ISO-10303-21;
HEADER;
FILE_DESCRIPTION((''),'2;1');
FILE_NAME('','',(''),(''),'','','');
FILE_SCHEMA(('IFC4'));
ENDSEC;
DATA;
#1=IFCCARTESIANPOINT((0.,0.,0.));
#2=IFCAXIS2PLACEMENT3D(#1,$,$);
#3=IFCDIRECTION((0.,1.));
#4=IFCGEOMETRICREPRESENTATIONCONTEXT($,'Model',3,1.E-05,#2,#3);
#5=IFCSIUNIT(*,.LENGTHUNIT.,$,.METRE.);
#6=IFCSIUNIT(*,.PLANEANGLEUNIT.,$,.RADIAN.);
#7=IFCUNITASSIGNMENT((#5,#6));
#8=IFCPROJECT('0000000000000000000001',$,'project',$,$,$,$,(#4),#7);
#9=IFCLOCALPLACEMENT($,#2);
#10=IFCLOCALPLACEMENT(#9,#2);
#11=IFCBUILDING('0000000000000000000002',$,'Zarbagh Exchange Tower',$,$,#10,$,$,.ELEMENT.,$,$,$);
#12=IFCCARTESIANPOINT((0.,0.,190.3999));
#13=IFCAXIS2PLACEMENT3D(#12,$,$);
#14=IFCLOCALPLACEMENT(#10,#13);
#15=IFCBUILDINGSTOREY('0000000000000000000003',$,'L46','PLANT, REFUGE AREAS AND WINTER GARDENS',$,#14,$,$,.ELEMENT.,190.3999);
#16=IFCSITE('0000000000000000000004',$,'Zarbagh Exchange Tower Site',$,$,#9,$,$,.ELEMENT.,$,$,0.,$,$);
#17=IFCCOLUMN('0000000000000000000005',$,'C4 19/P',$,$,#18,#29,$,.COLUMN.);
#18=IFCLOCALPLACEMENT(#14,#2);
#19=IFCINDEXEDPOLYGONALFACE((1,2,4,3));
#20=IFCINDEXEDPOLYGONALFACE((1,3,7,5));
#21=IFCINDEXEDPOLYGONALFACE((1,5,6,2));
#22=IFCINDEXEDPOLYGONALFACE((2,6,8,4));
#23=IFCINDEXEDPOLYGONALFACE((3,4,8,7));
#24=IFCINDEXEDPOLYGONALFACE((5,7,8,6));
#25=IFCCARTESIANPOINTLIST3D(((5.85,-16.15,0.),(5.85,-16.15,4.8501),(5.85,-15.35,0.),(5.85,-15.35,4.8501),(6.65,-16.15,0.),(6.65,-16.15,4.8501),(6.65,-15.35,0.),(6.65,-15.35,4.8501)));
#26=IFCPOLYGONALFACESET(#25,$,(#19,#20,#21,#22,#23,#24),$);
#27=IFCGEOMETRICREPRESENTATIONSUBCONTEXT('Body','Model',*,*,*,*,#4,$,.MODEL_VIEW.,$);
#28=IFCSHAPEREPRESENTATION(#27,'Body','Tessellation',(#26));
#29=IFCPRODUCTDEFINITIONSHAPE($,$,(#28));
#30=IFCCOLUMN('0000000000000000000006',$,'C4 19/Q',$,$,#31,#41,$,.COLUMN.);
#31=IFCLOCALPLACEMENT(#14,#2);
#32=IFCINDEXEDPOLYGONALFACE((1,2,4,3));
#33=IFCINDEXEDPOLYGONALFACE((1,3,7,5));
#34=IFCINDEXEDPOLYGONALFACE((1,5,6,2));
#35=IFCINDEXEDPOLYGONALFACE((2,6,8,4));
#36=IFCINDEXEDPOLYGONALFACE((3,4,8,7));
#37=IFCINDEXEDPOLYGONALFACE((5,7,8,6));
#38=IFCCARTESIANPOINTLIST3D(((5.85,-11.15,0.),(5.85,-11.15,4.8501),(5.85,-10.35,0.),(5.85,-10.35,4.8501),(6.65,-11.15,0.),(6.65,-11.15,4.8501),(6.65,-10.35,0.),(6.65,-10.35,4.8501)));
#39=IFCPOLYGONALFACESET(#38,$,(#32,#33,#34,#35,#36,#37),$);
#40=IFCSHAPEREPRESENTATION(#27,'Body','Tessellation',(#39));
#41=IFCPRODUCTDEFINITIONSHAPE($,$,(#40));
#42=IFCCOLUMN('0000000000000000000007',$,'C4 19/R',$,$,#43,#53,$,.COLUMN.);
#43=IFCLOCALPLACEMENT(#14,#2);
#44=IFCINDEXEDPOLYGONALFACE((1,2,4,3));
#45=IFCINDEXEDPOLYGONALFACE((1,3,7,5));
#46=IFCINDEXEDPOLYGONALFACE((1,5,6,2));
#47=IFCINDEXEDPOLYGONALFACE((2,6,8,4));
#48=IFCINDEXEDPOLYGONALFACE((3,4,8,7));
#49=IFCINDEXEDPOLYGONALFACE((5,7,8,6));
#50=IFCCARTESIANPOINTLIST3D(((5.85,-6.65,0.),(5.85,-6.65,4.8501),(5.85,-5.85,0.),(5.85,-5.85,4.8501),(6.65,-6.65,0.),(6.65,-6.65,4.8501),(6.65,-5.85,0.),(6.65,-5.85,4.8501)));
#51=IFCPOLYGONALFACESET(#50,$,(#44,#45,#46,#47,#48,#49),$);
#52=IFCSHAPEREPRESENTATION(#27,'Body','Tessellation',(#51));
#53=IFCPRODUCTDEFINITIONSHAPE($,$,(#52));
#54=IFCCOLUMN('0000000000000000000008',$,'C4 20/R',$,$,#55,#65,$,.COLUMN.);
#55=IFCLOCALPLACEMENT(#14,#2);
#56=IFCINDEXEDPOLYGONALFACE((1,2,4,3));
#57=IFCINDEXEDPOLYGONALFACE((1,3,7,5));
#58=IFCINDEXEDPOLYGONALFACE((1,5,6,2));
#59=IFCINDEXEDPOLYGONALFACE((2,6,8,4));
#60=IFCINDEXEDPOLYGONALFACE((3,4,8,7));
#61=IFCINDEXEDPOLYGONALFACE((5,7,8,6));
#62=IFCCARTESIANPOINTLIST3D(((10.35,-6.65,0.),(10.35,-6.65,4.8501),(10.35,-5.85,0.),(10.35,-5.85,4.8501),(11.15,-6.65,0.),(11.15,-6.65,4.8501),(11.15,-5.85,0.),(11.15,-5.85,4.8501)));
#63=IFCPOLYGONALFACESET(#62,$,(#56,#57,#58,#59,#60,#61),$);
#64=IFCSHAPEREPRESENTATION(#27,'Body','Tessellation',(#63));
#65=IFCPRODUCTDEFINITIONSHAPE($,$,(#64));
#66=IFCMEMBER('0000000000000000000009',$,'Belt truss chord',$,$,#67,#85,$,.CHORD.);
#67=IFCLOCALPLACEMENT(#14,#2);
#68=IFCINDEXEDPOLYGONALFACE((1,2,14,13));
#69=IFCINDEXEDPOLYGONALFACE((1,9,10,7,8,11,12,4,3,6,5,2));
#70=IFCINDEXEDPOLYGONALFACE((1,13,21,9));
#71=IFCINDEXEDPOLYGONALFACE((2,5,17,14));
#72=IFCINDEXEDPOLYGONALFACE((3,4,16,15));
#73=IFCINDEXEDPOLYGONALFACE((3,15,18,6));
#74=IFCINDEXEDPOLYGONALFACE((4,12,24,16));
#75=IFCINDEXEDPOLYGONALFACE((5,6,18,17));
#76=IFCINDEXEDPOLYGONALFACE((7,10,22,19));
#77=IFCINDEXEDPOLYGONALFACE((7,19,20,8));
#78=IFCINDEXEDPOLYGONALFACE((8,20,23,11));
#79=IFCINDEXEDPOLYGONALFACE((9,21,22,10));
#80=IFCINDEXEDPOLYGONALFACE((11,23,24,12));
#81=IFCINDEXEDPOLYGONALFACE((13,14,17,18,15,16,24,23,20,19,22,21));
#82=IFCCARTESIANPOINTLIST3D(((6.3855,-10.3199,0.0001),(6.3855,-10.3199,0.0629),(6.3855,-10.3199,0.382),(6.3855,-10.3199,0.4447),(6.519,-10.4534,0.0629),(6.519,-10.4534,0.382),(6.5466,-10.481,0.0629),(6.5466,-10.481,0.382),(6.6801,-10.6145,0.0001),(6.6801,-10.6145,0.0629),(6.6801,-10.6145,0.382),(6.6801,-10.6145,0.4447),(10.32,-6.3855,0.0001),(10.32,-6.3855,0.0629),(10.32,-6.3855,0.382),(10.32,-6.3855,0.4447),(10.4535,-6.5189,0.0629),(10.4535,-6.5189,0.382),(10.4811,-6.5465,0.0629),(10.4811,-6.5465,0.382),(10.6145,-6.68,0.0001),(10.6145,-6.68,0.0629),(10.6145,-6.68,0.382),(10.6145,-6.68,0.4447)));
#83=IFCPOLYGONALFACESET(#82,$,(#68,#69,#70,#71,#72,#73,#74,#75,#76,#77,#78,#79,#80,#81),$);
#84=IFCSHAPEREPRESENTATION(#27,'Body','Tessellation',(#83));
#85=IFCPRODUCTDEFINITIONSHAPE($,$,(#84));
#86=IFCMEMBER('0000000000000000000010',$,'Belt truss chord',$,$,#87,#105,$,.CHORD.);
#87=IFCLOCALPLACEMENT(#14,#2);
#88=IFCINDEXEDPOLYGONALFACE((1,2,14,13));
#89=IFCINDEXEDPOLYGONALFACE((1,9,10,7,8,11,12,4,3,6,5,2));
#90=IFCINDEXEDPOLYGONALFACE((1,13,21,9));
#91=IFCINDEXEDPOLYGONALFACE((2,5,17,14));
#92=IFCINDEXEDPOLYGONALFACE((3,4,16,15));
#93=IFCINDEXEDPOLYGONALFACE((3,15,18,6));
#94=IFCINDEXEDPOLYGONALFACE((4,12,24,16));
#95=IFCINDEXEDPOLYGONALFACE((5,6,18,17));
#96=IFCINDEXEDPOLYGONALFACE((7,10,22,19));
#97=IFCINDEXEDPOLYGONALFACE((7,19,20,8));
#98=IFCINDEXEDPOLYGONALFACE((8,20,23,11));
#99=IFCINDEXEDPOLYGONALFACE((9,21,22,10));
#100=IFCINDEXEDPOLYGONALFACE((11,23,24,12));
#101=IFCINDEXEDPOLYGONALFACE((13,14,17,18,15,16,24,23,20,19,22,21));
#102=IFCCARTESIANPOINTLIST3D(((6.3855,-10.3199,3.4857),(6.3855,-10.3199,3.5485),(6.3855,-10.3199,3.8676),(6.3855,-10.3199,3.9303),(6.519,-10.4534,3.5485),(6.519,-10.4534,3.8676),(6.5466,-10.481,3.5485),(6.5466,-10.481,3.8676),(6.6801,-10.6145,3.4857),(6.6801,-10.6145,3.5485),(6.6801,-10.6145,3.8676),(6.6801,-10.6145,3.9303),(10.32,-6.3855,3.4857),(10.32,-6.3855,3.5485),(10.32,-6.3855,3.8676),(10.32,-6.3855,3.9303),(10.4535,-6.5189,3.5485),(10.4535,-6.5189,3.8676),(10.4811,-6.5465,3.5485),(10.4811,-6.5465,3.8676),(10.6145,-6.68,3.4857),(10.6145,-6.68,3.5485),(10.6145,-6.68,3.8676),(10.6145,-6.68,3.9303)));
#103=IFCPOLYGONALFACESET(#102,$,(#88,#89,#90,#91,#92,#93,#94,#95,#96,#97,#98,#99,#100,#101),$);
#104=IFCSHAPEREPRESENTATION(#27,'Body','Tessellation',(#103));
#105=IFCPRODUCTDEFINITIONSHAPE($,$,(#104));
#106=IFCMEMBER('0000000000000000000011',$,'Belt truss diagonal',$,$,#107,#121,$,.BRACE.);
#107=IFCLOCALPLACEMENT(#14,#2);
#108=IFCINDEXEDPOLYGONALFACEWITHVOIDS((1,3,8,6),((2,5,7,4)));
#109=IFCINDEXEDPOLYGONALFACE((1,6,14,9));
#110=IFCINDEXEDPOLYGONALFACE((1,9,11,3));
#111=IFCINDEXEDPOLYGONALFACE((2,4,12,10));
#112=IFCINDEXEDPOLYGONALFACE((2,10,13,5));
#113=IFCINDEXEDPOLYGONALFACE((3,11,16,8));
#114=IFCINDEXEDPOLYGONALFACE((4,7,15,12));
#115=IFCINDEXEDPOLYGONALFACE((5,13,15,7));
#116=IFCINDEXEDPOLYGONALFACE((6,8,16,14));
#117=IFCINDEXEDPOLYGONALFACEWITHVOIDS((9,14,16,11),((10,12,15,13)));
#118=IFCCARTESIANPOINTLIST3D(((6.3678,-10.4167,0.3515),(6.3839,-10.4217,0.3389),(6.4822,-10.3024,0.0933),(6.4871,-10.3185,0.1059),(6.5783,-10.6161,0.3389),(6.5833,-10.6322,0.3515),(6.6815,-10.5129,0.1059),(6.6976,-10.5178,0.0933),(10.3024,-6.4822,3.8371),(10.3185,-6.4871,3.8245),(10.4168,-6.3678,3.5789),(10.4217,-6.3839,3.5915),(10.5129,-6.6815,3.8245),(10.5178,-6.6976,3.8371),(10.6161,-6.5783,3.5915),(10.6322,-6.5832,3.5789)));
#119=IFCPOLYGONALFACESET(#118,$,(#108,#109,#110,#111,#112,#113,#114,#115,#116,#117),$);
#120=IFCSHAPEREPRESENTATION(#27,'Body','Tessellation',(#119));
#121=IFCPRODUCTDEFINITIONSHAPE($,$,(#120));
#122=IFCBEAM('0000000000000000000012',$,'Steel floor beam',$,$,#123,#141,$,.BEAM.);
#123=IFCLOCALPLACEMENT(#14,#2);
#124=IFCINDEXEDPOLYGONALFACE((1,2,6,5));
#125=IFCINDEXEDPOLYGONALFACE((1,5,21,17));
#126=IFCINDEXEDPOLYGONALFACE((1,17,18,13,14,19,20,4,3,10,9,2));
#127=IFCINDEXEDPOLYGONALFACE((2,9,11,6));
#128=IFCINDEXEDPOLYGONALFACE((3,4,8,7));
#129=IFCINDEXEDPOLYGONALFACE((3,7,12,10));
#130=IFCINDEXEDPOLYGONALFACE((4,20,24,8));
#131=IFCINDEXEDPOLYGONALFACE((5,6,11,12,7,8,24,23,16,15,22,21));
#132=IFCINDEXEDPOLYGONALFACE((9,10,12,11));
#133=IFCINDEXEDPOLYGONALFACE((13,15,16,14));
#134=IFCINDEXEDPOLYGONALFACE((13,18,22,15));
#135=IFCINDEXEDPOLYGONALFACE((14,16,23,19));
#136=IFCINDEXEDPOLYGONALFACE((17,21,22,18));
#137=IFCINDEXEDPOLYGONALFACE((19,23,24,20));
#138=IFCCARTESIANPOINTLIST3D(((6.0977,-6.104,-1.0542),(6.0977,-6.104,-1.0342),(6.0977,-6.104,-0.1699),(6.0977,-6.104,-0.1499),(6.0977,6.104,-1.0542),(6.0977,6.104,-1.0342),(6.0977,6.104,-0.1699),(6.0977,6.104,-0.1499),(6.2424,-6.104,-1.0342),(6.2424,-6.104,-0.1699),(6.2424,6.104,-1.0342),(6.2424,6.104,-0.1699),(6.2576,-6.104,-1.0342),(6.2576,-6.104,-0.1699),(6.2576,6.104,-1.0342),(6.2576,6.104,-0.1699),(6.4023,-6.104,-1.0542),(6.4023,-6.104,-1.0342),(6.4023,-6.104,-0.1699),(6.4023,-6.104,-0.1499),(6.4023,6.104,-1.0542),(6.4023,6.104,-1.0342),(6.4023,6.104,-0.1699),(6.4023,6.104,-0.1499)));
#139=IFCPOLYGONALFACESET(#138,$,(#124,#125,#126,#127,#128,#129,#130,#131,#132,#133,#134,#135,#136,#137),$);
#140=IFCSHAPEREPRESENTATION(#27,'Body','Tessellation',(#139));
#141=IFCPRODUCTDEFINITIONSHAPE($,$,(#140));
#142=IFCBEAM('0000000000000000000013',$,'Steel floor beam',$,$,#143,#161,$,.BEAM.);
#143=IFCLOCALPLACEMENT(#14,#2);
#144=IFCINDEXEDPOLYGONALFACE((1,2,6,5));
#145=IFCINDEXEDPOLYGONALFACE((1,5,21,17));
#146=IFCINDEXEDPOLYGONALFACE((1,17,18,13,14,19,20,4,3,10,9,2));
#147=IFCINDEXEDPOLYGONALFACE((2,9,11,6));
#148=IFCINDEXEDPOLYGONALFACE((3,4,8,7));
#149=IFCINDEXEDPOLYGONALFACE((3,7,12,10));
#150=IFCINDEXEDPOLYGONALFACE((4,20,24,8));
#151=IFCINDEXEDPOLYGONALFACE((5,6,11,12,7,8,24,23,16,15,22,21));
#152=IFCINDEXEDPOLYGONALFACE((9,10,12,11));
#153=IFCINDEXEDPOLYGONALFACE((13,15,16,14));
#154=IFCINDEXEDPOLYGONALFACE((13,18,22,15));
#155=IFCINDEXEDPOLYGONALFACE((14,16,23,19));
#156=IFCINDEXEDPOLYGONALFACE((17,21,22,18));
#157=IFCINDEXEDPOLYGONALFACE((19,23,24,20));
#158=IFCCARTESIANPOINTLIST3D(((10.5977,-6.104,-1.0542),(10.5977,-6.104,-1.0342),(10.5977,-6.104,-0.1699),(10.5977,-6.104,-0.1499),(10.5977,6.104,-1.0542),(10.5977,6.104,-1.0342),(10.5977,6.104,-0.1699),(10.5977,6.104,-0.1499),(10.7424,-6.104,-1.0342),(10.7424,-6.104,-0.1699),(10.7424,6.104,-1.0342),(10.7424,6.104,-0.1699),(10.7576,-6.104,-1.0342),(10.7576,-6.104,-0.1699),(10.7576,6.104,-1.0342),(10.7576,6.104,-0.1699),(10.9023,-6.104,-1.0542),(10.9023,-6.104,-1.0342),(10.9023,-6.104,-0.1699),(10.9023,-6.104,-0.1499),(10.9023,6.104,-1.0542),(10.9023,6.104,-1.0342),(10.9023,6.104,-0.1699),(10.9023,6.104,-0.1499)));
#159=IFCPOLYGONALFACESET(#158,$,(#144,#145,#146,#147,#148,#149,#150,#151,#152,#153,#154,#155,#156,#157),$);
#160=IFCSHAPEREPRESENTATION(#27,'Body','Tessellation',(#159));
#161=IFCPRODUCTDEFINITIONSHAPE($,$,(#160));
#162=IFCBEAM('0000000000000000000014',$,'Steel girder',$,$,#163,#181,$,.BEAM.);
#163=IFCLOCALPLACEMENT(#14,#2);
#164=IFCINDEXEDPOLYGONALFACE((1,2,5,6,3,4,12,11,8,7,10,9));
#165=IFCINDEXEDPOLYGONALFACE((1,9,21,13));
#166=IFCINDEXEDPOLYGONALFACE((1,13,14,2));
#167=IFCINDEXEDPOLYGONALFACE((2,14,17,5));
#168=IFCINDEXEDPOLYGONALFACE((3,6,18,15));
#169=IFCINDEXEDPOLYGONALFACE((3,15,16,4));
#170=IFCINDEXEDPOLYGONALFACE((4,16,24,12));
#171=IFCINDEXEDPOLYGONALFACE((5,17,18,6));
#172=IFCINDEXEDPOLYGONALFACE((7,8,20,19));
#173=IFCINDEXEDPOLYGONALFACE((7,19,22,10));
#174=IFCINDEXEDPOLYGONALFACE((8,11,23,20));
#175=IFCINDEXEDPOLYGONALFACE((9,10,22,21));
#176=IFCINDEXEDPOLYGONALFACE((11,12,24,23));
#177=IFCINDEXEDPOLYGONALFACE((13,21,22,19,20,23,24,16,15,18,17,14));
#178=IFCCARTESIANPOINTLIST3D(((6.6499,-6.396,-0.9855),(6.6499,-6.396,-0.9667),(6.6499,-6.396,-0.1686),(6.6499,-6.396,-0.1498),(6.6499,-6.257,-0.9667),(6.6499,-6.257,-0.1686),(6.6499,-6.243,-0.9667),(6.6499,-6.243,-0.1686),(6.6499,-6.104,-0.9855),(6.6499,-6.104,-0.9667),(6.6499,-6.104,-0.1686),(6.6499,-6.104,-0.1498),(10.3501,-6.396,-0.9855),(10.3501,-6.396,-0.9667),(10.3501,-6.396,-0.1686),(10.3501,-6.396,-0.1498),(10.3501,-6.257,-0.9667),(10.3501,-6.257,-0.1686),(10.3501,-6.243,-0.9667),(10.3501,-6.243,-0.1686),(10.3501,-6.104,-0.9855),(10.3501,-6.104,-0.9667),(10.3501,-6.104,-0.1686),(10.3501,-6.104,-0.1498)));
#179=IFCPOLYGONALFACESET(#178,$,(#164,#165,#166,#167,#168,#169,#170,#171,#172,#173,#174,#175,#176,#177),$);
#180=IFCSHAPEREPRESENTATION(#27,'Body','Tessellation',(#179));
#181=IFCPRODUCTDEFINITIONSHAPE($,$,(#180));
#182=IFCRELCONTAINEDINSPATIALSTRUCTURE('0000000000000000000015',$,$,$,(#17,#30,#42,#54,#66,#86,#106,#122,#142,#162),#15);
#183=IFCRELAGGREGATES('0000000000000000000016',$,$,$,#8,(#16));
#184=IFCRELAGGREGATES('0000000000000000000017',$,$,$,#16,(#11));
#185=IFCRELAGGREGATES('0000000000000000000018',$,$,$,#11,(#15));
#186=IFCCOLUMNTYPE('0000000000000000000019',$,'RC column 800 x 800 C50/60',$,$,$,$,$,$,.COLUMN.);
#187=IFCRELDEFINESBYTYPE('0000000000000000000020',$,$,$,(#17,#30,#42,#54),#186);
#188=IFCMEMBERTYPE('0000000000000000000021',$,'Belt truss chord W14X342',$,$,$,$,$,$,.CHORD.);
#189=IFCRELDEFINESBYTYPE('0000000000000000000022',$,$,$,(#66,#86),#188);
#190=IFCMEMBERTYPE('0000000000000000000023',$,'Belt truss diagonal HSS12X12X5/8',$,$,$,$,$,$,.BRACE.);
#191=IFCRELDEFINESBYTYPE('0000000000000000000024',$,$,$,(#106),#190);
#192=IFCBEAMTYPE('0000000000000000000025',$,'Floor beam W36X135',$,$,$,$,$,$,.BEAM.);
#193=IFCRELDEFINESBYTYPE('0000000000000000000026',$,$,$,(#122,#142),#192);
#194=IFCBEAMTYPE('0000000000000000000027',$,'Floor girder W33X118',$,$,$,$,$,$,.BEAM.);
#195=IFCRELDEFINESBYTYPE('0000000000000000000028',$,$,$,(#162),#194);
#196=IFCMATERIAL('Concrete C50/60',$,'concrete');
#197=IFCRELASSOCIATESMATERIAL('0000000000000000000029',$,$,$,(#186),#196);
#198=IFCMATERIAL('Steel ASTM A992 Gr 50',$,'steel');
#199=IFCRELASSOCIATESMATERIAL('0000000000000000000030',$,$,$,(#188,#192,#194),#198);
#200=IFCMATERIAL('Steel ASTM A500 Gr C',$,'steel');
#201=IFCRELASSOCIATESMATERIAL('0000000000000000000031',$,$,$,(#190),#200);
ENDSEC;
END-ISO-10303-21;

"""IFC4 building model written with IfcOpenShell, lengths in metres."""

from ifc_helpers import new_model, si_unit, direction, frame, origin, origin_2d, place, context, subcontext, project, spatial, rectangle, hollow_rectangle, i_section, extrude, material, material_profile, profile_set, type_object, element, save


model = new_model("IFC4")

# Units and contexts
model_context = context("Model", 3, precision=1e-05, world=origin(), true_north=direction((0.0, 1.0)))
body_context = subcontext(model_context, "Body", "Model", "MODEL_VIEW")
ifc_project = project(units=[si_unit("LENGTHUNIT", "METRE"), si_unit("PLANEANGLEUNIT", "RADIAN")], contexts=[model_context])

# Site, building, storey
site_placement = place(None, origin())
site = spatial("IfcSite", under=ifc_project, at=site_placement, Name="Zarbagh Exchange Tower Site", CompositionType="ELEMENT", RefElevation=0.0)
building_placement = place(site_placement, origin())
building = spatial("IfcBuilding", under=site, at=building_placement, Name="Zarbagh Exchange Tower", CompositionType="ELEMENT")
storey_placement = place(building_placement, frame((0.0, 0.0, 190.3999)))
storey = spatial("IfcBuildingStorey", under=building, at=storey_placement, Name="L46", Description="PLANT, REFUGE AREAS AND WINTER GARDENS", CompositionType="ELEMENT", Elevation=190.3999)

# Columns
ifc_material_1 = material(Name="Concrete C50/60", Category="concrete")
ifc_material_profile_1 = material_profile(ifc_material_1, rectangle(XDim=0.8, YDim=0.8, at=origin_2d()), Name="RC column 800 x 800 C50/60")
ifc_profile_set_1 = profile_set([ifc_material_profile_1], Name="Concrete C50/60")
column_type = type_object("IfcColumnType", Name="RC column 800 x 800 C50/60", PredefinedType="COLUMN", material=ifc_profile_set_1)
for number, where, z_axis, x_axis, name in (
    (1, (6.25, -15.75, 0.0), (0.0, 0.0, 1.0), (1.0, 0.0, 0.0), "C4 19/P"),
    (2, (6.25, -10.75, 0.0), (0.0, 0.0, 1.0), (1.0, 0.0, 0.0), "C4 19/Q"),
    (3, (6.25, -6.25, 0.0), (0.0, 0.0, 1.0), (1.0, 0.0, 0.0), "C4 19/R"),
    (4, (10.75, -6.25, 0.0), (0.0, 0.0, 1.0), (1.0, 0.0, 0.0), "C4 20/R"),
):
    element("IfcColumn", number, at=place(storey_placement, frame(where, z_axis=z_axis, x_axis=x_axis)), inside=storey, type_object=column_type, Name=name, PredefinedType="COLUMN", context=body_context, shape_type="SweptSolid", body=[
        extrude(rectangle(XDim=0.8, YDim=0.8, at=origin_2d()), origin(), (0.0, 0.0, 1.0), 4.8501),
    ])

# Members
ifc_material_2 = material(Name="Steel ASTM A992 Gr 50", Category="steel")
ifc_material_profile_2 = material_profile(ifc_material_2, i_section(OverallWidth=0.4165, OverallDepth=0.4446, WebThickness=0.0391, FlangeThickness=0.0627, at=origin_2d()), Name="W14X342")
ifc_profile_set_2 = profile_set([ifc_material_profile_2], Name="Steel ASTM A992 Gr 50")
member_type_1 = type_object("IfcMemberType", Name="Belt truss chord W14X342", PredefinedType="CHORD", material=ifc_profile_set_2)
for number, where, z_axis, x_axis, name in (
    (5, (10.4673, -6.5327, 0.2224), (-0.707107, -0.707107, 0.0), (0.707107, -0.707107, 0.0), "Belt truss chord"),
    (6, (10.4673, -6.5327, 3.708), (-0.707107, -0.707107, 0.0), (0.707107, -0.707107, 0.0), "Belt truss chord"),
):
    element("IfcMember", number, at=place(storey_placement, frame(where, z_axis=z_axis, x_axis=x_axis)), inside=storey, type_object=member_type_1, Name=name, PredefinedType="CHORD", context=body_context, shape_type="SweptSolid", body=[
        extrude(i_section(OverallWidth=0.4165, OverallDepth=0.4446, WebThickness=0.0391, FlangeThickness=0.0627, at=origin_2d()), origin(), (0.0, 0.0, 1.0), 5.5642),
    ])
ifc_material_3 = material(Name="Steel ASTM A500 Gr C", Category="steel")
ifc_material_profile_3 = material_profile(ifc_material_3, hollow_rectangle(XDim=0.3047, YDim=0.3047, WallThickness=0.0149, at=origin_2d()), Name="HSS12X12X5/8")
ifc_profile_set_3 = profile_set([ifc_material_profile_3], Name="Steel ASTM A500 Gr C")
member_type_2 = type_object("IfcMemberType", Name="Belt truss diagonal HSS12X12X5/8", PredefinedType="BRACE", material=ifc_profile_set_3)
member_1_placement = place(storey_placement, frame((6.5327, -10.4673, 0.2224), z_axis=(0.599243, 0.599243, 0.530863), x_axis=(-0.707107, 0.707107, 0.0)))
element("IfcMember", 7, at=member_1_placement, inside=storey, type_object=member_type_2, Name="Belt truss diagonal", PredefinedType="BRACE", context=body_context, shape_type="SweptSolid", body=[
    extrude(hollow_rectangle(XDim=0.3047, YDim=0.3047, WallThickness=0.0149, at=origin_2d()), origin(), (0.0, 0.0, 1.0), 6.5659),
])

# Beams
ifc_material_profile_4 = material_profile(ifc_material_2, i_section(OverallWidth=0.3047, OverallDepth=0.9043, WebThickness=0.0151, FlangeThickness=0.02, at=origin_2d()), Name="W36X135")
ifc_profile_set_4 = profile_set([ifc_material_profile_4], Name="Steel ASTM A992 Gr 50")
beam_type_1 = type_object("IfcBeamType", Name="Floor beam W36X135", PredefinedType="BEAM", material=ifc_profile_set_4)
for number, where, z_axis, x_axis, name in (
    (8, (6.25, -6.104, -0.6021), (0.0, 1.0, 0.0), (-1.0, 0.0, 0.0), "Steel floor beam"),
    (9, (10.75, -6.104, -0.6021), (0.0, 1.0, 0.0), (-1.0, 0.0, 0.0), "Steel floor beam"),
):
    element("IfcBeam", number, at=place(storey_placement, frame(where, z_axis=z_axis, x_axis=x_axis)), inside=storey, type_object=beam_type_1, Name=name, PredefinedType="BEAM", context=body_context, shape_type="SweptSolid", body=[
        extrude(i_section(OverallWidth=0.3047, OverallDepth=0.9043, WebThickness=0.0151, FlangeThickness=0.02, at=origin_2d()), origin(), (0.0, 0.0, 1.0), 12.208),
    ])
ifc_material_profile_5 = material_profile(ifc_material_2, i_section(OverallWidth=0.292, OverallDepth=0.8357, WebThickness=0.0139, FlangeThickness=0.0188, at=origin_2d()), Name="W33X118")
ifc_profile_set_5 = profile_set([ifc_material_profile_5], Name="Steel ASTM A992 Gr 50")
beam_type_2 = type_object("IfcBeamType", Name="Floor girder W33X118", PredefinedType="BEAM", material=ifc_profile_set_5)
beam_1_placement = place(storey_placement, frame((6.6499, -6.25, -0.5676), z_axis=(1.0, 0.0, 0.0), x_axis=(0.0, 1.0, 0.0)))
element("IfcBeam", 10, at=beam_1_placement, inside=storey, type_object=beam_type_2, Name="Steel girder", PredefinedType="BEAM", context=body_context, shape_type="SweptSolid", body=[
    extrude(i_section(OverallWidth=0.292, OverallDepth=0.8357, WebThickness=0.0139, FlangeThickness=0.0188, at=origin_2d()), origin(), (0.0, 0.0, 1.0), 3.7002),
])

save(model, "model.ifc")
